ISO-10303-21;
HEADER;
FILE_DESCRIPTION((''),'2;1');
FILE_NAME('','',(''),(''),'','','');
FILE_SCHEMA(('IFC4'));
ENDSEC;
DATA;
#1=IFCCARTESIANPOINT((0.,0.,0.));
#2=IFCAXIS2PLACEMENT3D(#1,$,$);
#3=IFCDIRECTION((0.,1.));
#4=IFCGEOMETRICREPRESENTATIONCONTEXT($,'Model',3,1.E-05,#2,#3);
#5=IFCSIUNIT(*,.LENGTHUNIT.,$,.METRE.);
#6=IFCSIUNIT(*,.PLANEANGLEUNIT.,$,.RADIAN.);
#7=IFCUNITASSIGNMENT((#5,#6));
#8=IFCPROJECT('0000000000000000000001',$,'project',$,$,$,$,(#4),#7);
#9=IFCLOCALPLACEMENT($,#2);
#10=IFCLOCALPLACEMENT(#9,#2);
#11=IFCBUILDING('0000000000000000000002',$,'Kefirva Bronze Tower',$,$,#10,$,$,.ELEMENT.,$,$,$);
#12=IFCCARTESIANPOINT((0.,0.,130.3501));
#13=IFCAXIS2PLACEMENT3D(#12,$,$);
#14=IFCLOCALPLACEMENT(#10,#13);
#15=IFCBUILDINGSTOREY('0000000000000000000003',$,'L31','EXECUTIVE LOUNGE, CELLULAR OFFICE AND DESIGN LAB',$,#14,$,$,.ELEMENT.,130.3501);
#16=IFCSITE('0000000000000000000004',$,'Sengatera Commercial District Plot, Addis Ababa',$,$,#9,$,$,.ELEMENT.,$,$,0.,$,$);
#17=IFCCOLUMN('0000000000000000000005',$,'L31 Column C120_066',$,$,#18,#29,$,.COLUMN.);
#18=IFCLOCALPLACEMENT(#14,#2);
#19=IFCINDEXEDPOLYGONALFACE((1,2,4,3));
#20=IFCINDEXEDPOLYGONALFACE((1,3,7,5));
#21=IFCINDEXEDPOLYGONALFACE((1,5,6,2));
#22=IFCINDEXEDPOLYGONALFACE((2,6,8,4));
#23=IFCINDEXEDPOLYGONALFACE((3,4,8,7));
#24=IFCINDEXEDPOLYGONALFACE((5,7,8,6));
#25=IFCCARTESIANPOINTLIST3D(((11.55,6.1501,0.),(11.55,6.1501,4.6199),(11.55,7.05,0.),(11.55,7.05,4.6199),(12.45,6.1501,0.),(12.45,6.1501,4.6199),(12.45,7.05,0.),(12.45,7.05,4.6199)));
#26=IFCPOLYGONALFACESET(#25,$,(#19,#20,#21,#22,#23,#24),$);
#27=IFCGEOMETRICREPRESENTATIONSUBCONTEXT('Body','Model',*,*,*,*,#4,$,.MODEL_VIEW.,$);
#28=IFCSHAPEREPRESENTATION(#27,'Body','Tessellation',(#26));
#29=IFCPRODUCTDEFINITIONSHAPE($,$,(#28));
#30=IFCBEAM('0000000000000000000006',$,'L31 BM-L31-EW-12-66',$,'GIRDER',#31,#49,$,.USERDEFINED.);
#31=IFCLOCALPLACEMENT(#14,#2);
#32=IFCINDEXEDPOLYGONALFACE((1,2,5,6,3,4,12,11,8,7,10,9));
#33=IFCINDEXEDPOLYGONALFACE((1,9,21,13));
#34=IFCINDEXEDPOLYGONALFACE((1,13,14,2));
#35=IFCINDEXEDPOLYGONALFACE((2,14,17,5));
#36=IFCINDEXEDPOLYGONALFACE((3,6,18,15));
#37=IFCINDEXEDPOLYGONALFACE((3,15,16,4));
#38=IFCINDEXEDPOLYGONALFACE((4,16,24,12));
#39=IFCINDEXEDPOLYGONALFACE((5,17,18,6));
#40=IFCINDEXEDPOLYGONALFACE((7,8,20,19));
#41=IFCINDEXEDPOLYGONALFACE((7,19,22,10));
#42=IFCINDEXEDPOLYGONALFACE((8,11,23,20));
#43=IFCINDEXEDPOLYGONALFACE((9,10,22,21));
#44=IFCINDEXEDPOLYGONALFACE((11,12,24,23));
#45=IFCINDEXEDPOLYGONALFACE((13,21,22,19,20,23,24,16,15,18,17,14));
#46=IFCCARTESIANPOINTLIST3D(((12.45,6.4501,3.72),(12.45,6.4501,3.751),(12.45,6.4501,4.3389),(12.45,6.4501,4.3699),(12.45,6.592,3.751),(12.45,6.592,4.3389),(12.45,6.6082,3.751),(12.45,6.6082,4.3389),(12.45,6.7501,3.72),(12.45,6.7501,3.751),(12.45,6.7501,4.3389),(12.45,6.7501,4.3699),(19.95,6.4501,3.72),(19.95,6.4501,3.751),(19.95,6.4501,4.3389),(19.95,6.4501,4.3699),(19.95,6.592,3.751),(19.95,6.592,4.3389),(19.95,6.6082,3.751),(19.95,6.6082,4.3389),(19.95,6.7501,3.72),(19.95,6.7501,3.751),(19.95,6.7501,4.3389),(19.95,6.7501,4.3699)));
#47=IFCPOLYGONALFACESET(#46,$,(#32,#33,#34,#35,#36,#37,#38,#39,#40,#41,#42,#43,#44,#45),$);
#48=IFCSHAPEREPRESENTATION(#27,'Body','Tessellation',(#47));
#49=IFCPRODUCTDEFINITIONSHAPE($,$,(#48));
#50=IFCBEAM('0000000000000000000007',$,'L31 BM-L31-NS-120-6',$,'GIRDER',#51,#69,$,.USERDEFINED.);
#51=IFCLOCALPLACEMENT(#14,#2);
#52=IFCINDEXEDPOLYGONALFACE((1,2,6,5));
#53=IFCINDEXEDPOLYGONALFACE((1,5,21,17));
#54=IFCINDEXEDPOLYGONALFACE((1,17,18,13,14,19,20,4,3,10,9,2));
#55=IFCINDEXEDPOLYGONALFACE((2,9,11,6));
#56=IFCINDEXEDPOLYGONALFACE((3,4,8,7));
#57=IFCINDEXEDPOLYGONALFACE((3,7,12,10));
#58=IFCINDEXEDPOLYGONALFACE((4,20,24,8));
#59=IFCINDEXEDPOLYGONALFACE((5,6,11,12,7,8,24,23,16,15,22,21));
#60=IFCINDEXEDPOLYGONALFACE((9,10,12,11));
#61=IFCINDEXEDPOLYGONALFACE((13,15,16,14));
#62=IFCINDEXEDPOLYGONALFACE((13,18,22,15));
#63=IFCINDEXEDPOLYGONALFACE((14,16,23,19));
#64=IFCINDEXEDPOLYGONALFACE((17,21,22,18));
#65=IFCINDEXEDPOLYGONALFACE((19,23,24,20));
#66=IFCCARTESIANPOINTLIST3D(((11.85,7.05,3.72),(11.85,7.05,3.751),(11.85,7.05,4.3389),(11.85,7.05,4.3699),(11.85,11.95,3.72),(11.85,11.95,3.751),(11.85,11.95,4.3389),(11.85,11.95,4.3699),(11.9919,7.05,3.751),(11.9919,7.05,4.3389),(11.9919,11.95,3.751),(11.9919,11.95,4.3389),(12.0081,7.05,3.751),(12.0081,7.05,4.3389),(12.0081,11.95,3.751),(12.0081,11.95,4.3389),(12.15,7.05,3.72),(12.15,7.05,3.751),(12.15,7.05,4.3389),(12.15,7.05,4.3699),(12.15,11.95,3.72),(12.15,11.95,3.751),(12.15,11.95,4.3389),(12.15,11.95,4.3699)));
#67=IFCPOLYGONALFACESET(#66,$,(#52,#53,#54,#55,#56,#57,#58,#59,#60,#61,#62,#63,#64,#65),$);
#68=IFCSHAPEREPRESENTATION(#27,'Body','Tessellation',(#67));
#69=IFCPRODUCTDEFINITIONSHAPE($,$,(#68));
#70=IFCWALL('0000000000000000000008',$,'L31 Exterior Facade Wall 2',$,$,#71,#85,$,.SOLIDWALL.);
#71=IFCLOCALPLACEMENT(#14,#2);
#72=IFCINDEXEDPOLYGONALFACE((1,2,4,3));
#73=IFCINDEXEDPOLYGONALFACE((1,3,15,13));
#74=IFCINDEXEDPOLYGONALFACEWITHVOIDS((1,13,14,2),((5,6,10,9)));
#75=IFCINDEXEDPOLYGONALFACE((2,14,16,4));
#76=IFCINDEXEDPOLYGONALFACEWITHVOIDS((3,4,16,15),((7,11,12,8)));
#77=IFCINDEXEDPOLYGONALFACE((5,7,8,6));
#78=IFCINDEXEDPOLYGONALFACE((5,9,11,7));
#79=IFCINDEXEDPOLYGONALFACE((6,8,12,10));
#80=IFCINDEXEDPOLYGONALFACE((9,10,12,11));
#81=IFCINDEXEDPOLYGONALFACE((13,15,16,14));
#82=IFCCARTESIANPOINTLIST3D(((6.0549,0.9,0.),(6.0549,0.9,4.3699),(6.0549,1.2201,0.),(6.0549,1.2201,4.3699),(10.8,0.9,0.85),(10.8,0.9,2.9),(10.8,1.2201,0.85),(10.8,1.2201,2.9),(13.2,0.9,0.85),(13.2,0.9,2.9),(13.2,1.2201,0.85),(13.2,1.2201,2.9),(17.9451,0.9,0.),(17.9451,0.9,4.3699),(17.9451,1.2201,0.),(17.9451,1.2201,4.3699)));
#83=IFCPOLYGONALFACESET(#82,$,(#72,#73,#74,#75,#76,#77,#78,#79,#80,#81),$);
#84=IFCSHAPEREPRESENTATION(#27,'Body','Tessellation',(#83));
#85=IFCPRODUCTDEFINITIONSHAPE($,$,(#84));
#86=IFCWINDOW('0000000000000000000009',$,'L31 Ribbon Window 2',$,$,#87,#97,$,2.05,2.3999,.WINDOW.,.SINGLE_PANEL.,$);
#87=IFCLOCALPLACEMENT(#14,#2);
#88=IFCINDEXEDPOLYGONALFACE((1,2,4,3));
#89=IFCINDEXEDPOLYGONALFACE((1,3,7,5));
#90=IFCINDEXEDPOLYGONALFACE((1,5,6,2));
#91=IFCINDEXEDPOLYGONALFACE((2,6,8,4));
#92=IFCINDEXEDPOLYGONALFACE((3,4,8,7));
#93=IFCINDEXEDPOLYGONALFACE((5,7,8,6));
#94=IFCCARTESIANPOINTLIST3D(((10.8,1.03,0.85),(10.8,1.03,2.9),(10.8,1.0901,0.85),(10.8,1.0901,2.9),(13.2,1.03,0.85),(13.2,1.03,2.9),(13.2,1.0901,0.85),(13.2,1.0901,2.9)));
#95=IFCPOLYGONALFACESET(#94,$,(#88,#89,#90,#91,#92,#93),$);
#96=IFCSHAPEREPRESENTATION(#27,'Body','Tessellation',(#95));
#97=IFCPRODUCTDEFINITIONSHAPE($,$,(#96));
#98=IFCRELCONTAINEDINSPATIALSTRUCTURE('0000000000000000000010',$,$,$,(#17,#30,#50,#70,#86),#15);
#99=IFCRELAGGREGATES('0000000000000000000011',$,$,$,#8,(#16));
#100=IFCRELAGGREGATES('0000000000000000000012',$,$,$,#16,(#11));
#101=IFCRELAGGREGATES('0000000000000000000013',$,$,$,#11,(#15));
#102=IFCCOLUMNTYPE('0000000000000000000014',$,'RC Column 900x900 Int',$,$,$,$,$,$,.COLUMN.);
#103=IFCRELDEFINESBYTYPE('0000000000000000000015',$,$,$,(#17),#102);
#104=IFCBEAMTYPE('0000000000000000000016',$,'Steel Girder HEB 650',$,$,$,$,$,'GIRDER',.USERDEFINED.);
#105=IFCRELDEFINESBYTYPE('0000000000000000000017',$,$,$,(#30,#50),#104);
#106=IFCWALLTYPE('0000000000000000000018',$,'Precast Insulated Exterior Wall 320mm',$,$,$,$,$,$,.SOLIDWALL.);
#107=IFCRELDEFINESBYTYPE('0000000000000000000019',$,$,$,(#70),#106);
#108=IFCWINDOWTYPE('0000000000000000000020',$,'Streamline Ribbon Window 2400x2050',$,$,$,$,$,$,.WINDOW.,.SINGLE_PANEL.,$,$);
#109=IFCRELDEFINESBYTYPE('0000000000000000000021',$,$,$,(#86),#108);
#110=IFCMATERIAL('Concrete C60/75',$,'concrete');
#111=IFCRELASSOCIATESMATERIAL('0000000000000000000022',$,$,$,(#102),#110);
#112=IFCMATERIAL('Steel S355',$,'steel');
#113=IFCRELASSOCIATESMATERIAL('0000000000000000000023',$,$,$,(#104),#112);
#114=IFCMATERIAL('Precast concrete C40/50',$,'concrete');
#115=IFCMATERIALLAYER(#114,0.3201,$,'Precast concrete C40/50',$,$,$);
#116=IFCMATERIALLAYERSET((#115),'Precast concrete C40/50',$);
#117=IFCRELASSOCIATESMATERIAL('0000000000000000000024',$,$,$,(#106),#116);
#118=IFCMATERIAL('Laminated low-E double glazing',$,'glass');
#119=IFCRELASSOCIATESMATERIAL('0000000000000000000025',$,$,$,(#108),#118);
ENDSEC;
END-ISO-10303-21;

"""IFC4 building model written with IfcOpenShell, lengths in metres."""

from ifc_helpers import new_model, si_unit, direction, frame, frame_2d, origin, origin_2d, place, context, subcontext, project, spatial, rectangle, i_section, extrude, material, layer, layer_set, material_profile, profile_set, type_object, element, fill, save


model = new_model("IFC4")

# Units and contexts
model_context = context("Model", 3, precision=1e-05, world=origin(), true_north=direction((0.0, 1.0)))
body_context = subcontext(model_context, "Body", "Model", "MODEL_VIEW")
ifc_project = project(units=[si_unit("LENGTHUNIT", "METRE"), si_unit("PLANEANGLEUNIT", "RADIAN")], contexts=[model_context])

# Site, building, storey
site_placement = place(None, origin())
site = spatial("IfcSite", under=ifc_project, at=site_placement, Name="Sengatera Commercial District Plot, Addis Ababa", CompositionType="ELEMENT", RefElevation=0.0)
building_placement = place(site_placement, origin())
building = spatial("IfcBuilding", under=site, at=building_placement, Name="Kefirva Bronze Tower", CompositionType="ELEMENT")
storey_placement = place(building_placement, frame((0.0, 0.0, 130.3501)))
storey = spatial("IfcBuildingStorey", under=building, at=storey_placement, Name="L31", Description="EXECUTIVE LOUNGE, CELLULAR OFFICE AND DESIGN LAB", CompositionType="ELEMENT", Elevation=130.3501)

# Column
ifc_material_1 = material(Name="Concrete C60/75", Category="concrete")
ifc_material_profile_1 = material_profile(ifc_material_1, rectangle(XDim=0.8999, YDim=0.8999, at=origin_2d()), Name="RC 900x900")
ifc_profile_set_1 = profile_set([ifc_material_profile_1], Name="Concrete C60/75")
column_type = type_object("IfcColumnType", Name="RC Column 900x900 Int", PredefinedType="COLUMN", material=ifc_profile_set_1)
column_placement = place(storey_placement, frame((12.0, 6.6001, 0.0), z_axis=(0.0, 0.0, 1.0), x_axis=(1.0, 0.0, 0.0)))
element("IfcColumn", 1, at=column_placement, inside=storey, type_object=column_type, Name="L31 Column C120_066", PredefinedType="COLUMN", context=body_context, shape_type="SweptSolid", body=[
    extrude(rectangle(XDim=0.8999, YDim=0.8999, at=origin_2d()), origin(), (0.0, 0.0, 1.0), 4.6199),
])

# Beams
ifc_material_2 = material(Name="Steel S355", Category="steel")
ifc_material_profile_2 = material_profile(ifc_material_2, i_section(OverallWidth=0.3, OverallDepth=0.6499, WebThickness=0.0161, FlangeThickness=0.031, at=origin_2d()), Name="HEB 650")
ifc_profile_set_2 = profile_set([ifc_material_profile_2], Name="Steel S355")
beam_type = type_object("IfcBeamType", Name="Steel Girder HEB 650", ElementType="GIRDER", PredefinedType="USERDEFINED", material=ifc_profile_set_2)
beam_1_placement = place(storey_placement, frame((12.45, 6.6001, 4.0449), z_axis=(1.0, 0.0, 0.0), x_axis=(0.0, 1.0, 0.0)))
element("IfcBeam", 2, at=beam_1_placement, inside=storey, type_object=beam_type, Name="L31 BM-L31-EW-12-66", ObjectType="GIRDER", PredefinedType="USERDEFINED", context=body_context, shape_type="SweptSolid", body=[
    extrude(i_section(OverallWidth=0.3, OverallDepth=0.6499, WebThickness=0.0161, FlangeThickness=0.031, at=origin_2d()), origin(), (0.0, 0.0, 1.0), 7.5),
])
beam_2_placement = place(storey_placement, frame((12.0, 7.05, 4.0449), z_axis=(0.0, 1.0, 0.0), x_axis=(-1.0, 0.0, 0.0)))
element("IfcBeam", 3, at=beam_2_placement, inside=storey, type_object=beam_type, Name="L31 BM-L31-NS-120-6", ObjectType="GIRDER", PredefinedType="USERDEFINED", context=body_context, shape_type="SweptSolid", body=[
    extrude(i_section(OverallWidth=0.3, OverallDepth=0.6499, WebThickness=0.0161, FlangeThickness=0.031, at=origin_2d()), origin(), (0.0, 0.0, 1.0), 4.8999),
])

# Wall, opening, window
ifc_material_3 = material(Name="Precast concrete C40/50", Category="concrete")
ifc_layer_1 = layer(ifc_material_3, 0.3201, Name="Precast concrete C40/50")
ifc_layer_set_1 = layer_set([ifc_layer_1], Name="Precast concrete C40/50")
wall_type_1 = type_object("IfcWallType", Name="Precast Insulated Exterior Wall 320mm", PredefinedType="SOLIDWALL", material=ifc_layer_set_1)
wall_1_placement = place(storey_placement, frame((6.0549, 1.0601, 0.0), z_axis=(0.0, 0.0, 1.0), x_axis=(1.0, 0.0, 0.0)))
wall_1 = element("IfcWall", 4, at=wall_1_placement, inside=storey, type_object=wall_type_1, Name="L31 Exterior Facade Wall 2", PredefinedType="SOLIDWALL", context=body_context, shape_type="SweptSolid", body=[
    extrude(rectangle(XDim=11.8901, YDim=0.3201, at=frame_2d((5.9451, 0.0))), origin(), (0.0, 0.0, 1.0), 4.3699),
])
opening_1_placement = place(wall_1_placement, frame((4.7451, 0.0, 0.8501)))
opening_1 = element("IfcOpeningElement", 5, at=opening_1_placement, cuts=wall_1, PredefinedType="OPENING", context=body_context, shape_type="SweptSolid", body=[
    extrude(rectangle(XDim=2.3999, YDim=2.05, at=frame_2d((1.2, 1.0249))), frame((0.0, 0.1699, 0.0), z_axis=(0.0, -1.0, 0.0), x_axis=(1.0, 0.0, 0.0)), (0.0, 0.0, 1.0), 0.3401),
])
ifc_material_4 = material(Name="Laminated low-E double glazing", Category="glass")
window_type = type_object("IfcWindowType", Name="Streamline Ribbon Window 2400x2050", PartitioningType="SINGLE_PANEL", PredefinedType="WINDOW", material=ifc_material_4)
window_placement = place(opening_1_placement, origin())
window = element("IfcWindow", 6, at=window_placement, inside=storey, type_object=window_type, Name="L31 Ribbon Window 2", OverallHeight=2.05, OverallWidth=2.3999, PartitioningType="SINGLE_PANEL", PredefinedType="WINDOW", context=body_context, shape_type="SweptSolid", body=[
    extrude(rectangle(XDim=2.3999, YDim=2.05, at=frame_2d((1.2, 1.0249))), frame((0.0, 0.03, 0.0), z_axis=(0.0, -1.0, 0.0), x_axis=(1.0, 0.0, 0.0)), (0.0, 0.0, 1.0), 0.0601),
])
fill(opening_1, window)

save(model, "model.ifc")
